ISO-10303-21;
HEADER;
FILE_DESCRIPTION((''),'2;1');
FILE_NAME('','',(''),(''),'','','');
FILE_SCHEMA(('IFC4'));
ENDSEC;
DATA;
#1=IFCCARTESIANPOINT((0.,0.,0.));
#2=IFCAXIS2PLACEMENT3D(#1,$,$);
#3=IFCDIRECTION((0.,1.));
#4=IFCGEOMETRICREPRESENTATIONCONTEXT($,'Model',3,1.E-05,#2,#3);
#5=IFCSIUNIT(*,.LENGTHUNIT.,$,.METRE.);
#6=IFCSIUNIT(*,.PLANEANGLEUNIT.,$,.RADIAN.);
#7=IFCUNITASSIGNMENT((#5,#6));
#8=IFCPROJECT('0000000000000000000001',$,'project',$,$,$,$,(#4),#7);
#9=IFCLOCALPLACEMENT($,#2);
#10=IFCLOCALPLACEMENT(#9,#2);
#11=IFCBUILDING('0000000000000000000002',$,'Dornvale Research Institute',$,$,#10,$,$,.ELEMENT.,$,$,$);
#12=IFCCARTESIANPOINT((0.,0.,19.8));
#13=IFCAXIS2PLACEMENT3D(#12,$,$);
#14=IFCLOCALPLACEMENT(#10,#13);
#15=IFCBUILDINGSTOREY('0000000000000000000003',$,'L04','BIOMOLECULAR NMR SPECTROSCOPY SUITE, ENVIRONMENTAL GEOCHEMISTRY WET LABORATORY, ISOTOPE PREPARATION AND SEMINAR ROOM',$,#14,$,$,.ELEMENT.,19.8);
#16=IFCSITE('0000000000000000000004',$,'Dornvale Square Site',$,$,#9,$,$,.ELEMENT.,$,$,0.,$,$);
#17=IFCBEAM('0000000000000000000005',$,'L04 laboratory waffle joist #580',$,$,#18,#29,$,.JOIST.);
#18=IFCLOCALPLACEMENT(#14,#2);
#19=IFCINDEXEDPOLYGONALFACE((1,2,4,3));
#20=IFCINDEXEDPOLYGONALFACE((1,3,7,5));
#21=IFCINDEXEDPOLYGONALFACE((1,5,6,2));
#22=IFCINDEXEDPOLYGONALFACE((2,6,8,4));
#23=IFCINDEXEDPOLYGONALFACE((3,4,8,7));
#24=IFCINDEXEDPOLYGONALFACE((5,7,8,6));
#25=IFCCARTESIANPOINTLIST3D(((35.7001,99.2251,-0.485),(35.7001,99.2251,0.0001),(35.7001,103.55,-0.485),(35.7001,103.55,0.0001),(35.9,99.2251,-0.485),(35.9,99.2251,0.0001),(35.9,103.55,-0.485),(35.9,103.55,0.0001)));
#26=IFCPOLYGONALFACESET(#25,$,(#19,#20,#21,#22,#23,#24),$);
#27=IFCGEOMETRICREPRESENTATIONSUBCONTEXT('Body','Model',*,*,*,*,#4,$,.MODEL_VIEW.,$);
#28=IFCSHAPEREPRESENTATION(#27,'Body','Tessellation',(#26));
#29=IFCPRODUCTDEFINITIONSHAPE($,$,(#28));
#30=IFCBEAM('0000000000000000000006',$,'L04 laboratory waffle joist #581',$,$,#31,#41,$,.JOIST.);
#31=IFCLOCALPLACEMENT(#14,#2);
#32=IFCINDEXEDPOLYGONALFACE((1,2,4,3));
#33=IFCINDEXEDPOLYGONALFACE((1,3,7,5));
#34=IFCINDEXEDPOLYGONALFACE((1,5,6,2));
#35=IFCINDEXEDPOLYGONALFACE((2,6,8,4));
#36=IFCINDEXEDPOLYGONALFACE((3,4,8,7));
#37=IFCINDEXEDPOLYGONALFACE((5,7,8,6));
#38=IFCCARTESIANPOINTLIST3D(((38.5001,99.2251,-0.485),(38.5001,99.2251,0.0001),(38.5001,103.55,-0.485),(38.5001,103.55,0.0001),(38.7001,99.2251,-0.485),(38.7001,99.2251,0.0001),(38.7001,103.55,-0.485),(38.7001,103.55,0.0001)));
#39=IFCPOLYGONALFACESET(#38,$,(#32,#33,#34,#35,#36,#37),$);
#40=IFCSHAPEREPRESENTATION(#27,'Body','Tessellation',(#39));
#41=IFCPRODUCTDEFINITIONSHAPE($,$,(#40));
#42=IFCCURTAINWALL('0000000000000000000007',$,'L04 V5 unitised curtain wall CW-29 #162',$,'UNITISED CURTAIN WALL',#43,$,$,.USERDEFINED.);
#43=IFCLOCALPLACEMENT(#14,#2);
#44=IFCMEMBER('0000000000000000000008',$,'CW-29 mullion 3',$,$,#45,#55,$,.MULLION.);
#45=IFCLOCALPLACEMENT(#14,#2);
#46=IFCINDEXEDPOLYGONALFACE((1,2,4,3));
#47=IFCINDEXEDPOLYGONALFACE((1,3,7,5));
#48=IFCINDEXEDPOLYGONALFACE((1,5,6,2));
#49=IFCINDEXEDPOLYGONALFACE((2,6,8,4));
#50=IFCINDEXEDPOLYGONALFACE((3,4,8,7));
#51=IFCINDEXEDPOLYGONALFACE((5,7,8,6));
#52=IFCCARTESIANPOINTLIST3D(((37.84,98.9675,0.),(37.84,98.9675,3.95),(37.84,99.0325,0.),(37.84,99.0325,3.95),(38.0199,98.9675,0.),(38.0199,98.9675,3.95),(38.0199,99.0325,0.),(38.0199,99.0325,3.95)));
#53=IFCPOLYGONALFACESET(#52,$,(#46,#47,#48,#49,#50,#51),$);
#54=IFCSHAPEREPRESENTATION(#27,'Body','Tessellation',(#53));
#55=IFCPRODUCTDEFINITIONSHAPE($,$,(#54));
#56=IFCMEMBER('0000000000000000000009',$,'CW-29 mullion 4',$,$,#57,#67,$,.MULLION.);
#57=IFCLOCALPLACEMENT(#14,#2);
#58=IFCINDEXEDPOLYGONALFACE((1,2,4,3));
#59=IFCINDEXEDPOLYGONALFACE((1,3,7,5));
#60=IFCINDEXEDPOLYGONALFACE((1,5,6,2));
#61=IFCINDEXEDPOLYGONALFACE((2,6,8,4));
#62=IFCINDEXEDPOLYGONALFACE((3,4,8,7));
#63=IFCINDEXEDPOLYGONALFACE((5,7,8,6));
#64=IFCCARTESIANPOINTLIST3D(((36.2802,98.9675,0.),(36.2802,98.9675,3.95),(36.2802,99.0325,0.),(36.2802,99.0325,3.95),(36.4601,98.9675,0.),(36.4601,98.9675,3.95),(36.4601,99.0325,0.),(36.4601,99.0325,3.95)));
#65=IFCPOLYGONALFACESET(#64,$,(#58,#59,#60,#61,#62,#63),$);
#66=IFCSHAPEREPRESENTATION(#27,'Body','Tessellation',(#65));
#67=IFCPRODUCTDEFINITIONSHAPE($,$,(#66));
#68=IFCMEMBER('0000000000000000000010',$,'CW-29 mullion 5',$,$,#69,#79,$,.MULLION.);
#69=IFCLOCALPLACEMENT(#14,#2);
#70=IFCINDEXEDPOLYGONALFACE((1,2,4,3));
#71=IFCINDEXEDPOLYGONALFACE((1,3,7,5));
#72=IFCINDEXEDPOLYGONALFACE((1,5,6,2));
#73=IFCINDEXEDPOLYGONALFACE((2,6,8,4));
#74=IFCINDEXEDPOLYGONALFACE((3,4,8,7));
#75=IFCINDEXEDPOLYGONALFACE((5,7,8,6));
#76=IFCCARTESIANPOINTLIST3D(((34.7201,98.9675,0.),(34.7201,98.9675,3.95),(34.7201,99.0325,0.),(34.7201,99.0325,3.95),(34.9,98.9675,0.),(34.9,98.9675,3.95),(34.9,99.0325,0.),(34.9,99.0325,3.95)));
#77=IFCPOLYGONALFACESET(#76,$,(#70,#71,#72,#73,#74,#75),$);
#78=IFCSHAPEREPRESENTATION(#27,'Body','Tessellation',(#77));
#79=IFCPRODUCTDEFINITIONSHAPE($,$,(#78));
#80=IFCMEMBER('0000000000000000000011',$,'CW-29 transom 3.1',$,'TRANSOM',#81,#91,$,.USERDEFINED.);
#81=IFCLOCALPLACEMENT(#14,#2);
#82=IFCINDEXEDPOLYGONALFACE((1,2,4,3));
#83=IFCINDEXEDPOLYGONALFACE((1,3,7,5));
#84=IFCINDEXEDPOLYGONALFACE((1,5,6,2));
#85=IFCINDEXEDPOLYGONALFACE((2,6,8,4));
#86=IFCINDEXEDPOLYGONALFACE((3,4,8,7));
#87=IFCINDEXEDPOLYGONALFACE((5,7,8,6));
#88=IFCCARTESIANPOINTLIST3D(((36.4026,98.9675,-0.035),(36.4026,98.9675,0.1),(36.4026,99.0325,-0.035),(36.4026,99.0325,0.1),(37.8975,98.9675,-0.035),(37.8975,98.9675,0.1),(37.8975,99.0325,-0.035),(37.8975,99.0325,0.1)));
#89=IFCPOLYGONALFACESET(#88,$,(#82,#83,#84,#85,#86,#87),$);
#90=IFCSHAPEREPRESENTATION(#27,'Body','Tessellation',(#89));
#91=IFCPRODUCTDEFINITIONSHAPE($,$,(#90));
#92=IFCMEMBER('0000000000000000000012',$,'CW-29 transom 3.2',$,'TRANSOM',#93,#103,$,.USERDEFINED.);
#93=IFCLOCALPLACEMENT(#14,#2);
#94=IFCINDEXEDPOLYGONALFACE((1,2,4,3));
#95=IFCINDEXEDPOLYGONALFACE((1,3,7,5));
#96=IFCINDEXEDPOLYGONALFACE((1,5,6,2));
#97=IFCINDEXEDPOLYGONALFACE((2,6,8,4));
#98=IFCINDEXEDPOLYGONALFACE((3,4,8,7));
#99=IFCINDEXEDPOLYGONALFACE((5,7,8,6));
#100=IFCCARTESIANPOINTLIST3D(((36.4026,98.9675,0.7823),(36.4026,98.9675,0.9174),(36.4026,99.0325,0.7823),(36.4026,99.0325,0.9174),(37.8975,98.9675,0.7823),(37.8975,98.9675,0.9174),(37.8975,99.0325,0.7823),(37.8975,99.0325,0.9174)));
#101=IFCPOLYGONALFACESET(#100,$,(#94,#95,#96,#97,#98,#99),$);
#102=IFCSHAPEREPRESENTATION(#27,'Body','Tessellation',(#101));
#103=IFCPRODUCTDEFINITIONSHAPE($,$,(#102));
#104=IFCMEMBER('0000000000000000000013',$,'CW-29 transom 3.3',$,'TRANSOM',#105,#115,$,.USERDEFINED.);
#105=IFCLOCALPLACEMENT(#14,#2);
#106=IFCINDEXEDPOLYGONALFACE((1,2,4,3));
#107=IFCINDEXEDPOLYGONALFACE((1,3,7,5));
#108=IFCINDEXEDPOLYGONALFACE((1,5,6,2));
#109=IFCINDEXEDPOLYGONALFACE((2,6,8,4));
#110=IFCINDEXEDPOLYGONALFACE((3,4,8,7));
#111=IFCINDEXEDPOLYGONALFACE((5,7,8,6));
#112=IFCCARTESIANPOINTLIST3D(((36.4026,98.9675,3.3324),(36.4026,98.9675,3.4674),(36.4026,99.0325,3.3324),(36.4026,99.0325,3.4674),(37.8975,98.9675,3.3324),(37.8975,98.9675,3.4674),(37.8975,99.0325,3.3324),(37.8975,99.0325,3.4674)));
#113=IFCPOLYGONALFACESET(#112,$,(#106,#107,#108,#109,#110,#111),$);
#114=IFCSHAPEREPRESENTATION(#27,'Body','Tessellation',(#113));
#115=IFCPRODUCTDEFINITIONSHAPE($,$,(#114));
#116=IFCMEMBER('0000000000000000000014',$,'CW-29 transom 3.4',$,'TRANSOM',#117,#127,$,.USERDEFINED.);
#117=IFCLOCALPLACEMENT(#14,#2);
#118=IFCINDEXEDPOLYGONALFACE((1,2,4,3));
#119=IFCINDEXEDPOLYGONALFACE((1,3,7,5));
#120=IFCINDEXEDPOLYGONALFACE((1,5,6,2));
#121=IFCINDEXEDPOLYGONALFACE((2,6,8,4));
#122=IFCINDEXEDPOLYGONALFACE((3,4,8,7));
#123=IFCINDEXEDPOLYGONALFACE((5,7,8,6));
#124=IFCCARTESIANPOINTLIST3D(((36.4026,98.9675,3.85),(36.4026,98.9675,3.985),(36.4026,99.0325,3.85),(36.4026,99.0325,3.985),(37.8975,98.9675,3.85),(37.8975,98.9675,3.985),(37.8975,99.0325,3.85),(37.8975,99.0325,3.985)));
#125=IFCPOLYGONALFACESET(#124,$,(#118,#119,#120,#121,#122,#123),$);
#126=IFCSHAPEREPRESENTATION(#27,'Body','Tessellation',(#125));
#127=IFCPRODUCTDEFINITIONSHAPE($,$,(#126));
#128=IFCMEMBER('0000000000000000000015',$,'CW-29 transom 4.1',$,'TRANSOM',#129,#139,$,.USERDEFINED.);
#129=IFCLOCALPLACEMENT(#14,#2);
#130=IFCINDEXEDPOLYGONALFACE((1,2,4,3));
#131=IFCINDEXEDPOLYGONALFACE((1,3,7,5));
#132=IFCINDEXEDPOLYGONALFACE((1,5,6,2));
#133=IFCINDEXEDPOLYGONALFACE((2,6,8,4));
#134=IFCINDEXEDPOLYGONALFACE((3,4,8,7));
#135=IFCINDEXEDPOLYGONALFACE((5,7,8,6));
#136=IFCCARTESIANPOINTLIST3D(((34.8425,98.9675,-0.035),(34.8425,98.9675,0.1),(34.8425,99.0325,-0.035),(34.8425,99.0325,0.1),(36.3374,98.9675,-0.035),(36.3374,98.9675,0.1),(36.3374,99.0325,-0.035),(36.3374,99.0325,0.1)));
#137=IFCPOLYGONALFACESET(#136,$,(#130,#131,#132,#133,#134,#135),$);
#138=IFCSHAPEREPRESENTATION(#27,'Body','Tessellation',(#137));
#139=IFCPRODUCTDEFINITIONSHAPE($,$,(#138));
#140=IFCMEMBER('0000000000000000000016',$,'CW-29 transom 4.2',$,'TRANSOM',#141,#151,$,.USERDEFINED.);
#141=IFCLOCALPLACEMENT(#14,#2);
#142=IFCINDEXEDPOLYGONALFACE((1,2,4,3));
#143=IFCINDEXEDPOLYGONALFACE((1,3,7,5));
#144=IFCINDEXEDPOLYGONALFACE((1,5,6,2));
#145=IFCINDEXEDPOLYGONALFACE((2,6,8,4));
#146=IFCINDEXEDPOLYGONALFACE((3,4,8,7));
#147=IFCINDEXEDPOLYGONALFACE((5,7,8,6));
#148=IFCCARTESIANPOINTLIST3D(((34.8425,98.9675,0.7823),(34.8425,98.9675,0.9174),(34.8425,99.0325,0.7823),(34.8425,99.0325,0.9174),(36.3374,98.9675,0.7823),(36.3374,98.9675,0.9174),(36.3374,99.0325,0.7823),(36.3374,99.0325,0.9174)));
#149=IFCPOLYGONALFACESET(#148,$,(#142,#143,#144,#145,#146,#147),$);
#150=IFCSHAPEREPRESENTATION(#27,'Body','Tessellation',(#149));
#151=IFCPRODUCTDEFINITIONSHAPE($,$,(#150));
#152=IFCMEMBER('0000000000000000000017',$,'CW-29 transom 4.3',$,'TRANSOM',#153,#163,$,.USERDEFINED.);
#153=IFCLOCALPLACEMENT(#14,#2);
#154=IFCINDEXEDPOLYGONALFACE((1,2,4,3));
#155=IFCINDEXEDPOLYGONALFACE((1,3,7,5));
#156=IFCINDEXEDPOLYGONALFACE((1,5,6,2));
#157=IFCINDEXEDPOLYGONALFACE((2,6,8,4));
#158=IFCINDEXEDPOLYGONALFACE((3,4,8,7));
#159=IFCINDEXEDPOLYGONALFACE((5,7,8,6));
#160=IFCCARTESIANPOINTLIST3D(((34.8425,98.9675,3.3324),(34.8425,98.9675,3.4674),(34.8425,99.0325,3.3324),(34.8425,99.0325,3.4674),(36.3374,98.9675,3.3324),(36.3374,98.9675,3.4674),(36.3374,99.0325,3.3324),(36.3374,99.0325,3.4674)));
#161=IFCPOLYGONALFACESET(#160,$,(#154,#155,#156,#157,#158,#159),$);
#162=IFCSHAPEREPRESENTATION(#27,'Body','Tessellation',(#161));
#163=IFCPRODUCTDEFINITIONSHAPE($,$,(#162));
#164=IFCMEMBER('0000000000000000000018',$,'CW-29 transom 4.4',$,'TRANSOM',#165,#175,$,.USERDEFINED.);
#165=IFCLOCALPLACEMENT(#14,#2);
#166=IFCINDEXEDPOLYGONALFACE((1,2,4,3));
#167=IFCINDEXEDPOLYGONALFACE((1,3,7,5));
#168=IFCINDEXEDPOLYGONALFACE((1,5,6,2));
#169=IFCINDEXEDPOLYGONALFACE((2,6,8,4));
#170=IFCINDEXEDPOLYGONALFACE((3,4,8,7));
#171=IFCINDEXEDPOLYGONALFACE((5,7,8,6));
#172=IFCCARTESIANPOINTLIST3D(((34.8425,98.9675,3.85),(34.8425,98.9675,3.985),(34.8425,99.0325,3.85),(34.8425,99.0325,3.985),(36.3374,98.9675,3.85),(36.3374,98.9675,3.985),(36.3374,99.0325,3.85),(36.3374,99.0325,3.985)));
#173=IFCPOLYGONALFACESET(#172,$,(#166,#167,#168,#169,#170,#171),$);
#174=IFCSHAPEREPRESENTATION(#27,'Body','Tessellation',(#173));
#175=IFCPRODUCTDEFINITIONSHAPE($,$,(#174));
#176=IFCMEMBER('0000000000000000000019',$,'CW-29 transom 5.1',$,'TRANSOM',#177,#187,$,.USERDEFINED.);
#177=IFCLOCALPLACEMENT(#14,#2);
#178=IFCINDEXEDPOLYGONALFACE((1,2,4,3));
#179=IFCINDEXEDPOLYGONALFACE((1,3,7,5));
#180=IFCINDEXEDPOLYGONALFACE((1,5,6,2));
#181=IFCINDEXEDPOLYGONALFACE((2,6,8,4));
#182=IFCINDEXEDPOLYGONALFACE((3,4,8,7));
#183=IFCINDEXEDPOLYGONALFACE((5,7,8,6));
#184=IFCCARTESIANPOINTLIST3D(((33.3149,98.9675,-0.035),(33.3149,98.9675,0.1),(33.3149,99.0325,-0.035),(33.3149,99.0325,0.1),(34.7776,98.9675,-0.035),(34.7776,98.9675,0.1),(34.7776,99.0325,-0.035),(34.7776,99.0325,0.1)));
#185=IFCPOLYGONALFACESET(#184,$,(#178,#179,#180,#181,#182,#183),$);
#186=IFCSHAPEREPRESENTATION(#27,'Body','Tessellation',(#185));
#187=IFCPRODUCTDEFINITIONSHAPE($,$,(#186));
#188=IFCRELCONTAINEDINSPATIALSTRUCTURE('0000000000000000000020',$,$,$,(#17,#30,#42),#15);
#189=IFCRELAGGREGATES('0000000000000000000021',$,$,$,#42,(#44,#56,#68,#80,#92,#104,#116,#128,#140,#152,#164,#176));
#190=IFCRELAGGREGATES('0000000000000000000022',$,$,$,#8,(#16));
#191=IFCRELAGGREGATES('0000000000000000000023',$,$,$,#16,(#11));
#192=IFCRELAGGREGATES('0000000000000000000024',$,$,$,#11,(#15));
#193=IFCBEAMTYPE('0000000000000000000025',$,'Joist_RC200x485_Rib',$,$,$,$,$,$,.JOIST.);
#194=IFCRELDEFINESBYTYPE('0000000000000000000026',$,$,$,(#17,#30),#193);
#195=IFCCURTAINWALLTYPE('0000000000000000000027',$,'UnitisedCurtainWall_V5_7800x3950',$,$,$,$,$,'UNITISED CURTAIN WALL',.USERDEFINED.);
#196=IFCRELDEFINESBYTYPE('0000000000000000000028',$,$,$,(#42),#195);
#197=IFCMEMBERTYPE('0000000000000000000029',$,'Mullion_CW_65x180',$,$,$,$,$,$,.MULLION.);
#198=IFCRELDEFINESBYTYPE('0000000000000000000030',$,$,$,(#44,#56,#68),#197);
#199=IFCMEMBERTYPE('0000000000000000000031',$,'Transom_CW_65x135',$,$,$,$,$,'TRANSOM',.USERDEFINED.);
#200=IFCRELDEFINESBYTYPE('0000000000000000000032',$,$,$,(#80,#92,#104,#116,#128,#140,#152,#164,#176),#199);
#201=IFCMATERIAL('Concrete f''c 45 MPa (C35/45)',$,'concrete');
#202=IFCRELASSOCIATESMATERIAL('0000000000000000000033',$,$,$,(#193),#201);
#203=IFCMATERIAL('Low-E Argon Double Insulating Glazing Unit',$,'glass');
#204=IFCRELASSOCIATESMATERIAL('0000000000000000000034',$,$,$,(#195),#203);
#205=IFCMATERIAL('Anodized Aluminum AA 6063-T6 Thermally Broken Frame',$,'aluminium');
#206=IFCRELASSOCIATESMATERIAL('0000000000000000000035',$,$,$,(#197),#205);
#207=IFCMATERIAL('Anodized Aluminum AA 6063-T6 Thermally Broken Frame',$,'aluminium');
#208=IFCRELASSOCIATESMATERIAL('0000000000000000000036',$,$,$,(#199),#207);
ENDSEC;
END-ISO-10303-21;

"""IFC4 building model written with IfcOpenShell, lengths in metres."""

from ifc_helpers import new_model, si_unit, direction, frame, origin, origin_2d, place, context, subcontext, project, spatial, rectangle, extrude, material, material_profile, profile_set, type_object, element, aggregate, save


model = new_model("IFC4")

# Units and contexts
model_context = context("Model", 3, precision=1e-05, world=origin(), true_north=direction((0.0, 1.0)))
body_context = subcontext(model_context, "Body", "Model", "MODEL_VIEW")
ifc_project = project(units=[si_unit("LENGTHUNIT", "METRE"), si_unit("PLANEANGLEUNIT", "RADIAN")], contexts=[model_context])

# Site, building, storey
site_placement = place(None, origin())
site = spatial("IfcSite", under=ifc_project, at=site_placement, Name="Dornvale Square Site", CompositionType="ELEMENT", RefElevation=0.0)
building_placement = place(site_placement, origin())
building = spatial("IfcBuilding", under=site, at=building_placement, Name="Dornvale Research Institute", CompositionType="ELEMENT")
storey_placement = place(building_placement, frame((0.0, 0.0, 19.8)))
storey = spatial("IfcBuildingStorey", under=building, at=storey_placement, Name="L04", Description="BIOMOLECULAR NMR SPECTROSCOPY SUITE, ENVIRONMENTAL GEOCHEMISTRY WET LABORATORY, ISOTOPE PREPARATION AND SEMINAR ROOM", CompositionType="ELEMENT", Elevation=19.8)

# Beams
ifc_material_1 = material(Name="Concrete f'c 45 MPa (C35/45)", Category="concrete")
ifc_material_profile_1 = material_profile(ifc_material_1, rectangle(XDim=0.2, YDim=0.4851, at=origin_2d()), Name="RC 200x485")
ifc_profile_set_1 = profile_set([ifc_material_profile_1], Name="Concrete f'c 45 MPa (C35/45)")
beam_type = type_object("IfcBeamType", Name="Joist_RC200x485_Rib", PredefinedType="JOIST", material=ifc_profile_set_1)
for number, where, z_axis, x_axis, name in (
    (1, (35.8, 99.2251, -0.2424), (0.0, 1.0, 0.0), (-1.0, 0.0, 0.0), "L04 laboratory waffle joist #580"),
    (2, (38.6001, 99.2251, -0.2424), (0.0, 1.0, 0.0), (-1.0, 0.0, 0.0), "L04 laboratory waffle joist #581"),
):
    element("IfcBeam", number, at=place(storey_placement, frame(where, z_axis=z_axis, x_axis=x_axis)), inside=storey, type_object=beam_type, Name=name, PredefinedType="JOIST", context=body_context, shape_type="SweptSolid", body=[
        extrude(rectangle(XDim=0.2, YDim=0.4851, at=origin_2d()), origin(), (0.0, 0.0, 1.0), 4.325),
    ])

# Curtain wall, members
ifc_material_2 = material(Name="Low-E Argon Double Insulating Glazing Unit", Category="glass")
curtain_wall_type = type_object("IfcCurtainWallType", Name="UnitisedCurtainWall_V5_7800x3950", ElementType="UNITISED CURTAIN WALL", PredefinedType="USERDEFINED", material=ifc_material_2)
curtain_wall_placement = place(storey_placement, origin())
curtain_wall = element("IfcCurtainWall", 3, at=curtain_wall_placement, inside=storey, type_object=curtain_wall_type, Name="L04 V5 unitised curtain wall CW-29 #162", ObjectType="UNITISED CURTAIN WALL", PredefinedType="USERDEFINED")
ifc_material_3 = material(Name="Anodized Aluminum AA 6063-T6 Thermally Broken Frame", Category="aluminium")
ifc_material_profile_2 = material_profile(ifc_material_3, rectangle(XDim=0.0649, YDim=0.1799, at=origin_2d()), Name="ALU MULLION 65x180")
ifc_profile_set_2 = profile_set([ifc_material_profile_2], Name="Anodized Aluminum AA 6063-T6 Thermally Broken Frame")
member_type_1 = type_object("IfcMemberType", Name="Mullion_CW_65x180", PredefinedType="MULLION", material=ifc_profile_set_2)
member_1_placement = place(storey_placement, frame((37.9299, 99.0, 0.0), z_axis=(0.0, 0.0, 1.0), x_axis=(0.0, -1.0, 0.0)))
member_1 = element("IfcMember", 4, at=member_1_placement, type_object=member_type_1, Name="CW-29 mullion 3", PredefinedType="MULLION", context=body_context, shape_type="SweptSolid", body=[
    extrude(rectangle(XDim=0.0649, YDim=0.1799, at=origin_2d()), origin(), (0.0, 0.0, 1.0), 3.95),
])
member_2_placement = place(storey_placement, frame((36.3701, 99.0, 0.0), z_axis=(0.0, 0.0, 1.0), x_axis=(0.0, -1.0, 0.0)))
member_2 = element("IfcMember", 5, at=member_2_placement, type_object=member_type_1, Name="CW-29 mullion 4", PredefinedType="MULLION", context=body_context, shape_type="SweptSolid", body=[
    extrude(rectangle(XDim=0.0649, YDim=0.1799, at=origin_2d()), origin(), (0.0, 0.0, 1.0), 3.95),
])
member_3_placement = place(storey_placement, frame((34.8101, 99.0, 0.0), z_axis=(0.0, 0.0, 1.0), x_axis=(0.0, -1.0, 0.0)))
member_3 = element("IfcMember", 6, at=member_3_placement, type_object=member_type_1, Name="CW-29 mullion 5", PredefinedType="MULLION", context=body_context, shape_type="SweptSolid", body=[
    extrude(rectangle(XDim=0.0649, YDim=0.1799, at=origin_2d()), origin(), (0.0, 0.0, 1.0), 3.95),
])
ifc_material_4 = material(Name="Anodized Aluminum AA 6063-T6 Thermally Broken Frame", Category="aluminium")
ifc_material_profile_3 = material_profile(ifc_material_4, rectangle(XDim=0.0649, YDim=0.135, at=origin_2d()), Name="ALU TRANSOM 65x135")
ifc_profile_set_3 = profile_set([ifc_material_profile_3], Name="Anodized Aluminum AA 6063-T6 Thermally Broken Frame")
member_type_2 = type_object("IfcMemberType", Name="Transom_CW_65x135", ElementType="TRANSOM", PredefinedType="USERDEFINED", material=ifc_profile_set_3)
member_4_placement = place(storey_placement, frame((37.8975, 99.0, 0.0325), z_axis=(-1.0, 0.0, 0.0), x_axis=(0.0, -1.0, 0.0)))
member_4 = element("IfcMember", 7, at=member_4_placement, type_object=member_type_2, Name="CW-29 transom 3.1", ObjectType="TRANSOM", PredefinedType="USERDEFINED", context=body_context, shape_type="SweptSolid", body=[
    extrude(rectangle(XDim=0.0649, YDim=0.135, at=origin_2d()), origin(), (0.0, 0.0, 1.0), 1.4949),
])
member_5_placement = place(storey_placement, frame((37.8975, 99.0, 0.8499), z_axis=(-1.0, 0.0, 0.0), x_axis=(0.0, -1.0, 0.0)))
member_5 = element("IfcMember", 8, at=member_5_placement, type_object=member_type_2, Name="CW-29 transom 3.2", ObjectType="TRANSOM", PredefinedType="USERDEFINED", context=body_context, shape_type="SweptSolid", body=[
    extrude(rectangle(XDim=0.0649, YDim=0.135, at=origin_2d()), origin(), (0.0, 0.0, 1.0), 1.4949),
])
member_6_placement = place(storey_placement, frame((37.8975, 99.0, 3.3999), z_axis=(-1.0, 0.0, 0.0), x_axis=(0.0, -1.0, 0.0)))
member_6 = element("IfcMember", 9, at=member_6_placement, type_object=member_type_2, Name="CW-29 transom 3.3", ObjectType="TRANSOM", PredefinedType="USERDEFINED", context=body_context, shape_type="SweptSolid", body=[
    extrude(rectangle(XDim=0.0649, YDim=0.135, at=origin_2d()), origin(), (0.0, 0.0, 1.0), 1.4949),
])
member_7_placement = place(storey_placement, frame((37.8975, 99.0, 3.9175), z_axis=(-1.0, 0.0, 0.0), x_axis=(0.0, -1.0, 0.0)))
member_7 = element("IfcMember", 10, at=member_7_placement, type_object=member_type_2, Name="CW-29 transom 3.4", ObjectType="TRANSOM", PredefinedType="USERDEFINED", context=body_context, shape_type="SweptSolid", body=[
    extrude(rectangle(XDim=0.0649, YDim=0.135, at=origin_2d()), origin(), (0.0, 0.0, 1.0), 1.4949),
])
member_8_placement = place(storey_placement, frame((36.3374, 99.0, 0.0325), z_axis=(-1.0, 0.0, 0.0), x_axis=(0.0, -1.0, 0.0)))
member_8 = element("IfcMember", 11, at=member_8_placement, type_object=member_type_2, Name="CW-29 transom 4.1", ObjectType="TRANSOM", PredefinedType="USERDEFINED", context=body_context, shape_type="SweptSolid", body=[
    extrude(rectangle(XDim=0.0649, YDim=0.135, at=origin_2d()), origin(), (0.0, 0.0, 1.0), 1.4949),
])
member_9_placement = place(storey_placement, frame((36.3374, 99.0, 0.8499), z_axis=(-1.0, 0.0, 0.0), x_axis=(0.0, -1.0, 0.0)))
member_9 = element("IfcMember", 12, at=member_9_placement, type_object=member_type_2, Name="CW-29 transom 4.2", ObjectType="TRANSOM", PredefinedType="USERDEFINED", context=body_context, shape_type="SweptSolid", body=[
    extrude(rectangle(XDim=0.0649, YDim=0.135, at=origin_2d()), origin(), (0.0, 0.0, 1.0), 1.4949),
])
member_10_placement = place(storey_placement, frame((36.3374, 99.0, 3.3999), z_axis=(-1.0, 0.0, 0.0), x_axis=(0.0, -1.0, 0.0)))
member_10 = element("IfcMember", 13, at=member_10_placement, type_object=member_type_2, Name="CW-29 transom 4.3", ObjectType="TRANSOM", PredefinedType="USERDEFINED", context=body_context, shape_type="SweptSolid", body=[
    extrude(rectangle(XDim=0.0649, YDim=0.135, at=origin_2d()), origin(), (0.0, 0.0, 1.0), 1.4949),
])
member_11_placement = place(storey_placement, frame((36.3374, 99.0, 3.9175), z_axis=(-1.0, 0.0, 0.0), x_axis=(0.0, -1.0, 0.0)))
member_11 = element("IfcMember", 14, at=member_11_placement, type_object=member_type_2, Name="CW-29 transom 4.4", ObjectType="TRANSOM", PredefinedType="USERDEFINED", context=body_context, shape_type="SweptSolid", body=[
    extrude(rectangle(XDim=0.0649, YDim=0.135, at=origin_2d()), origin(), (0.0, 0.0, 1.0), 1.4949),
])
member_12_placement = place(storey_placement, frame((34.7776, 99.0, 0.0325), z_axis=(-1.0, 0.0, 0.0), x_axis=(0.0, -1.0, 0.0)))
member_12 = element("IfcMember", 15, at=member_12_placement, type_object=member_type_2, Name="CW-29 transom 5.1", ObjectType="TRANSOM", PredefinedType="USERDEFINED", context=body_context, shape_type="SweptSolid", body=[
    extrude(rectangle(XDim=0.0649, YDim=0.135, at=origin_2d()), origin(), (0.0, 0.0, 1.0), 1.4626),
])
aggregate(curtain_wall, [member_1, member_2, member_3, member_4, member_5, member_6, member_7, member_8, member_9, member_10, member_11, member_12])

save(model, "model.ifc")
